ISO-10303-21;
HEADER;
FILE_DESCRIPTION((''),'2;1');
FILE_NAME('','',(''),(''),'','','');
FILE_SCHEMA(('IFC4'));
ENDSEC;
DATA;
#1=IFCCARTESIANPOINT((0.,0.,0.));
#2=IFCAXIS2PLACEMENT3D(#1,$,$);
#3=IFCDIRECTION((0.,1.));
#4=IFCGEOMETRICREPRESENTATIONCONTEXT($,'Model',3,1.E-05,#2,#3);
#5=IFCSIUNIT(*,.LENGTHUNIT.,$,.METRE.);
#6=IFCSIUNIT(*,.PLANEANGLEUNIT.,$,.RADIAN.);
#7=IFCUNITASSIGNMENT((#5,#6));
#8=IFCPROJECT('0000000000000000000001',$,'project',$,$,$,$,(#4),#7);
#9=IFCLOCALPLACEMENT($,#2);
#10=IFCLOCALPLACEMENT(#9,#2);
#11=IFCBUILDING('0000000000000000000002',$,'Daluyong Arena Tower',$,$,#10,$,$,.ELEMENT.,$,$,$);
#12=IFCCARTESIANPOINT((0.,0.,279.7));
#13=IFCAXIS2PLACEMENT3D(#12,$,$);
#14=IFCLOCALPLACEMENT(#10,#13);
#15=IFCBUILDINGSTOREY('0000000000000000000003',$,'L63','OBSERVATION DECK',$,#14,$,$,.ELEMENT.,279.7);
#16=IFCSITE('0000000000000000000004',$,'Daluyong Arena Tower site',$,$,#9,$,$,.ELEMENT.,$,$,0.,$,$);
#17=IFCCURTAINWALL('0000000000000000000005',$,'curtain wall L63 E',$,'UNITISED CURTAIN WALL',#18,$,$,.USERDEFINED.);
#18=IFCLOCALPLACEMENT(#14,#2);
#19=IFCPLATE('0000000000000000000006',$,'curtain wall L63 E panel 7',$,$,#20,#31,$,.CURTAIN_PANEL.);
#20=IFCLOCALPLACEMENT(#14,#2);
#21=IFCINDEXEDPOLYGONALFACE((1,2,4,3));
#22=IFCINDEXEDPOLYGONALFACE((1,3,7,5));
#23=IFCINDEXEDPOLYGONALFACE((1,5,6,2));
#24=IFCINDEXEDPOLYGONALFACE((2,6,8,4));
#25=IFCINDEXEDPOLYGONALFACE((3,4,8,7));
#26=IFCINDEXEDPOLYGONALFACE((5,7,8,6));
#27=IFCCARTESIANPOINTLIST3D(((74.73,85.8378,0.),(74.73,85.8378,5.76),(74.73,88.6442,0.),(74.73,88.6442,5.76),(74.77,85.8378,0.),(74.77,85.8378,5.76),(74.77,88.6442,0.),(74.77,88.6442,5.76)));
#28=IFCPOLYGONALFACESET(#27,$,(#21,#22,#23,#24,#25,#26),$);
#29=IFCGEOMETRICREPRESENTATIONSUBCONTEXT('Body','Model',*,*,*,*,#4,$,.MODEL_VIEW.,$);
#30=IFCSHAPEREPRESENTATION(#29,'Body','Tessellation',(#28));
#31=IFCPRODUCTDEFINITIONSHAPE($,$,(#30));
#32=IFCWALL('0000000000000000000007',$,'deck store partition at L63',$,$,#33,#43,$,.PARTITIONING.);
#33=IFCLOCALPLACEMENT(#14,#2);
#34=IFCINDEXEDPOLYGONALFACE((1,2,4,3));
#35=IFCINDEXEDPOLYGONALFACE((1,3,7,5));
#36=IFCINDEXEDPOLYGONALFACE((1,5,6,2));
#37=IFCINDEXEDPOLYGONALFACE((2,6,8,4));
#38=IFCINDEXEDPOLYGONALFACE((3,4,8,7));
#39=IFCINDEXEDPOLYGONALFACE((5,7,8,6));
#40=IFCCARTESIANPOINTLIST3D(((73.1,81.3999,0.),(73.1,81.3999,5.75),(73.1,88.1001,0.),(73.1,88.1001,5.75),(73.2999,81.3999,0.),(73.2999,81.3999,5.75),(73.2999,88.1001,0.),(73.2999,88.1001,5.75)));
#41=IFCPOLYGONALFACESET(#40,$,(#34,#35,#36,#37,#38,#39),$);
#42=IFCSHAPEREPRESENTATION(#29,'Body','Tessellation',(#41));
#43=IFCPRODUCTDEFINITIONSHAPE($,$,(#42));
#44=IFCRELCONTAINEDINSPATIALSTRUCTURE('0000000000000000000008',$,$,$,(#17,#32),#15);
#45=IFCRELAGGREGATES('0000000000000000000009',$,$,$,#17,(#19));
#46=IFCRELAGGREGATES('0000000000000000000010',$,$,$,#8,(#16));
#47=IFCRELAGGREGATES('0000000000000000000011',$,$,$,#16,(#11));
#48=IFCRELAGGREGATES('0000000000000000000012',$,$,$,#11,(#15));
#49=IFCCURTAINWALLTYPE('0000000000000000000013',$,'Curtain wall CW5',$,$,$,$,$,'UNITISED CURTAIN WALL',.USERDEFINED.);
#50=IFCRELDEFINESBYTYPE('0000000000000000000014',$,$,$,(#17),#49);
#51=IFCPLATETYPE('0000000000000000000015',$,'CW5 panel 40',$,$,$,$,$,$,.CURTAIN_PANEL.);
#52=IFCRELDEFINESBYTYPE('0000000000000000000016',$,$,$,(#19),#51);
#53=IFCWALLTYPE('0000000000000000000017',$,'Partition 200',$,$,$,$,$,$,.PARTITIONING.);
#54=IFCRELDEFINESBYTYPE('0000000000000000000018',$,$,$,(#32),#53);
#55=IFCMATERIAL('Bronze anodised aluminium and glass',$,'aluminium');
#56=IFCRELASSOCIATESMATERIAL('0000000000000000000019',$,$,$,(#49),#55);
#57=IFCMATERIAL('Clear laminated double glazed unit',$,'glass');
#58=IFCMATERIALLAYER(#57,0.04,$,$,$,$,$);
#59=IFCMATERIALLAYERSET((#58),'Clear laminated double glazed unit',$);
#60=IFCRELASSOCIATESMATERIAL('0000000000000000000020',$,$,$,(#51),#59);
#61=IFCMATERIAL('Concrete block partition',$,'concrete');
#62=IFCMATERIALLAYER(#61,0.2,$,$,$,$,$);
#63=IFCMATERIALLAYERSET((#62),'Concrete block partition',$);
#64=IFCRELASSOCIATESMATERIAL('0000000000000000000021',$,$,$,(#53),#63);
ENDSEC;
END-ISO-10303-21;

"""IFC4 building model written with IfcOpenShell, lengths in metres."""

from ifc_helpers import new_model, si_unit, direction, frame, frame_2d, origin, origin_2d, place, context, subcontext, project, spatial, rectangle, extrude, material, layer, layer_set, type_object, element, aggregate, save


model = new_model("IFC4")

# Units and contexts
model_context = context("Model", 3, precision=1e-05, world=origin(), true_north=direction((0.0, 1.0)))
body_context = subcontext(model_context, "Body", "Model", "MODEL_VIEW")
ifc_project = project(units=[si_unit("LENGTHUNIT", "METRE"), si_unit("PLANEANGLEUNIT", "RADIAN")], contexts=[model_context])

# Site, building, storey
site_placement = place(None, origin())
site = spatial("IfcSite", under=ifc_project, at=site_placement, Name="Daluyong Arena Tower site", CompositionType="ELEMENT", RefElevation=0.0)
building_placement = place(site_placement, origin())
building = spatial("IfcBuilding", under=site, at=building_placement, Name="Daluyong Arena Tower", CompositionType="ELEMENT")
storey_placement = place(building_placement, frame((0.0, 0.0, 279.7)))
storey = spatial("IfcBuildingStorey", under=building, at=storey_placement, Name="L63", Description="OBSERVATION DECK", CompositionType="ELEMENT", Elevation=279.7)

# Curtain wall
ifc_material_1 = material(Name="Bronze anodised aluminium and glass", Category="aluminium")
curtain_wall_type = type_object("IfcCurtainWallType", Name="Curtain wall CW5", ElementType="UNITISED CURTAIN WALL", PredefinedType="USERDEFINED", material=ifc_material_1)
curtain_wall_placement = place(storey_placement, origin())
curtain_wall = element("IfcCurtainWall", 1, at=curtain_wall_placement, inside=storey, type_object=curtain_wall_type, Name="curtain wall L63 E", ObjectType="UNITISED CURTAIN WALL", PredefinedType="USERDEFINED")

# Plate
ifc_material_2 = material(Name="Clear laminated double glazed unit", Category="glass")
ifc_layer_1 = layer(ifc_material_2, 0.04)
ifc_layer_set_1 = layer_set([ifc_layer_1], Name="Clear laminated double glazed unit")
plate_type = type_object("IfcPlateType", Name="CW5 panel 40", PredefinedType="CURTAIN_PANEL", material=ifc_layer_set_1)
plate_1_placement = place(storey_placement, frame((74.75, 87.241, 0.0), z_axis=(0.0, 0.0, 1.0), x_axis=(0.0, 1.0, 0.0)))
plate_1 = element("IfcPlate", 2, at=plate_1_placement, type_object=plate_type, Name="curtain wall L63 E panel 7", PredefinedType="CURTAIN_PANEL", context=body_context, shape_type="SweptSolid", body=[
    extrude(rectangle(XDim=2.8064, YDim=0.04, at=origin_2d()), origin(), (0.0, 0.0, 1.0), 5.76),
])
aggregate(curtain_wall, [plate_1])

# Wall
ifc_material_3 = material(Name="Concrete block partition", Category="concrete")
ifc_layer_2 = layer(ifc_material_3, 0.2)
ifc_layer_set_2 = layer_set([ifc_layer_2], Name="Concrete block partition")
wall_type = type_object("IfcWallType", Name="Partition 200", PredefinedType="PARTITIONING", material=ifc_layer_set_2)
wall_placement = place(storey_placement, frame((73.2, 81.3999, 0.0), z_axis=(0.0, 0.0, 1.0), x_axis=(0.0, 1.0, 0.0)))
element("IfcWall", 3, at=wall_placement, inside=storey, type_object=wall_type, Name="deck store partition at L63", PredefinedType="PARTITIONING", context=body_context, shape_type="SweptSolid", body=[
    extrude(rectangle(XDim=6.7002, YDim=0.2, at=frame_2d((3.3501, 0.0))), origin(), (0.0, 0.0, 1.0), 5.75),
])

save(model, "model.ifc")
